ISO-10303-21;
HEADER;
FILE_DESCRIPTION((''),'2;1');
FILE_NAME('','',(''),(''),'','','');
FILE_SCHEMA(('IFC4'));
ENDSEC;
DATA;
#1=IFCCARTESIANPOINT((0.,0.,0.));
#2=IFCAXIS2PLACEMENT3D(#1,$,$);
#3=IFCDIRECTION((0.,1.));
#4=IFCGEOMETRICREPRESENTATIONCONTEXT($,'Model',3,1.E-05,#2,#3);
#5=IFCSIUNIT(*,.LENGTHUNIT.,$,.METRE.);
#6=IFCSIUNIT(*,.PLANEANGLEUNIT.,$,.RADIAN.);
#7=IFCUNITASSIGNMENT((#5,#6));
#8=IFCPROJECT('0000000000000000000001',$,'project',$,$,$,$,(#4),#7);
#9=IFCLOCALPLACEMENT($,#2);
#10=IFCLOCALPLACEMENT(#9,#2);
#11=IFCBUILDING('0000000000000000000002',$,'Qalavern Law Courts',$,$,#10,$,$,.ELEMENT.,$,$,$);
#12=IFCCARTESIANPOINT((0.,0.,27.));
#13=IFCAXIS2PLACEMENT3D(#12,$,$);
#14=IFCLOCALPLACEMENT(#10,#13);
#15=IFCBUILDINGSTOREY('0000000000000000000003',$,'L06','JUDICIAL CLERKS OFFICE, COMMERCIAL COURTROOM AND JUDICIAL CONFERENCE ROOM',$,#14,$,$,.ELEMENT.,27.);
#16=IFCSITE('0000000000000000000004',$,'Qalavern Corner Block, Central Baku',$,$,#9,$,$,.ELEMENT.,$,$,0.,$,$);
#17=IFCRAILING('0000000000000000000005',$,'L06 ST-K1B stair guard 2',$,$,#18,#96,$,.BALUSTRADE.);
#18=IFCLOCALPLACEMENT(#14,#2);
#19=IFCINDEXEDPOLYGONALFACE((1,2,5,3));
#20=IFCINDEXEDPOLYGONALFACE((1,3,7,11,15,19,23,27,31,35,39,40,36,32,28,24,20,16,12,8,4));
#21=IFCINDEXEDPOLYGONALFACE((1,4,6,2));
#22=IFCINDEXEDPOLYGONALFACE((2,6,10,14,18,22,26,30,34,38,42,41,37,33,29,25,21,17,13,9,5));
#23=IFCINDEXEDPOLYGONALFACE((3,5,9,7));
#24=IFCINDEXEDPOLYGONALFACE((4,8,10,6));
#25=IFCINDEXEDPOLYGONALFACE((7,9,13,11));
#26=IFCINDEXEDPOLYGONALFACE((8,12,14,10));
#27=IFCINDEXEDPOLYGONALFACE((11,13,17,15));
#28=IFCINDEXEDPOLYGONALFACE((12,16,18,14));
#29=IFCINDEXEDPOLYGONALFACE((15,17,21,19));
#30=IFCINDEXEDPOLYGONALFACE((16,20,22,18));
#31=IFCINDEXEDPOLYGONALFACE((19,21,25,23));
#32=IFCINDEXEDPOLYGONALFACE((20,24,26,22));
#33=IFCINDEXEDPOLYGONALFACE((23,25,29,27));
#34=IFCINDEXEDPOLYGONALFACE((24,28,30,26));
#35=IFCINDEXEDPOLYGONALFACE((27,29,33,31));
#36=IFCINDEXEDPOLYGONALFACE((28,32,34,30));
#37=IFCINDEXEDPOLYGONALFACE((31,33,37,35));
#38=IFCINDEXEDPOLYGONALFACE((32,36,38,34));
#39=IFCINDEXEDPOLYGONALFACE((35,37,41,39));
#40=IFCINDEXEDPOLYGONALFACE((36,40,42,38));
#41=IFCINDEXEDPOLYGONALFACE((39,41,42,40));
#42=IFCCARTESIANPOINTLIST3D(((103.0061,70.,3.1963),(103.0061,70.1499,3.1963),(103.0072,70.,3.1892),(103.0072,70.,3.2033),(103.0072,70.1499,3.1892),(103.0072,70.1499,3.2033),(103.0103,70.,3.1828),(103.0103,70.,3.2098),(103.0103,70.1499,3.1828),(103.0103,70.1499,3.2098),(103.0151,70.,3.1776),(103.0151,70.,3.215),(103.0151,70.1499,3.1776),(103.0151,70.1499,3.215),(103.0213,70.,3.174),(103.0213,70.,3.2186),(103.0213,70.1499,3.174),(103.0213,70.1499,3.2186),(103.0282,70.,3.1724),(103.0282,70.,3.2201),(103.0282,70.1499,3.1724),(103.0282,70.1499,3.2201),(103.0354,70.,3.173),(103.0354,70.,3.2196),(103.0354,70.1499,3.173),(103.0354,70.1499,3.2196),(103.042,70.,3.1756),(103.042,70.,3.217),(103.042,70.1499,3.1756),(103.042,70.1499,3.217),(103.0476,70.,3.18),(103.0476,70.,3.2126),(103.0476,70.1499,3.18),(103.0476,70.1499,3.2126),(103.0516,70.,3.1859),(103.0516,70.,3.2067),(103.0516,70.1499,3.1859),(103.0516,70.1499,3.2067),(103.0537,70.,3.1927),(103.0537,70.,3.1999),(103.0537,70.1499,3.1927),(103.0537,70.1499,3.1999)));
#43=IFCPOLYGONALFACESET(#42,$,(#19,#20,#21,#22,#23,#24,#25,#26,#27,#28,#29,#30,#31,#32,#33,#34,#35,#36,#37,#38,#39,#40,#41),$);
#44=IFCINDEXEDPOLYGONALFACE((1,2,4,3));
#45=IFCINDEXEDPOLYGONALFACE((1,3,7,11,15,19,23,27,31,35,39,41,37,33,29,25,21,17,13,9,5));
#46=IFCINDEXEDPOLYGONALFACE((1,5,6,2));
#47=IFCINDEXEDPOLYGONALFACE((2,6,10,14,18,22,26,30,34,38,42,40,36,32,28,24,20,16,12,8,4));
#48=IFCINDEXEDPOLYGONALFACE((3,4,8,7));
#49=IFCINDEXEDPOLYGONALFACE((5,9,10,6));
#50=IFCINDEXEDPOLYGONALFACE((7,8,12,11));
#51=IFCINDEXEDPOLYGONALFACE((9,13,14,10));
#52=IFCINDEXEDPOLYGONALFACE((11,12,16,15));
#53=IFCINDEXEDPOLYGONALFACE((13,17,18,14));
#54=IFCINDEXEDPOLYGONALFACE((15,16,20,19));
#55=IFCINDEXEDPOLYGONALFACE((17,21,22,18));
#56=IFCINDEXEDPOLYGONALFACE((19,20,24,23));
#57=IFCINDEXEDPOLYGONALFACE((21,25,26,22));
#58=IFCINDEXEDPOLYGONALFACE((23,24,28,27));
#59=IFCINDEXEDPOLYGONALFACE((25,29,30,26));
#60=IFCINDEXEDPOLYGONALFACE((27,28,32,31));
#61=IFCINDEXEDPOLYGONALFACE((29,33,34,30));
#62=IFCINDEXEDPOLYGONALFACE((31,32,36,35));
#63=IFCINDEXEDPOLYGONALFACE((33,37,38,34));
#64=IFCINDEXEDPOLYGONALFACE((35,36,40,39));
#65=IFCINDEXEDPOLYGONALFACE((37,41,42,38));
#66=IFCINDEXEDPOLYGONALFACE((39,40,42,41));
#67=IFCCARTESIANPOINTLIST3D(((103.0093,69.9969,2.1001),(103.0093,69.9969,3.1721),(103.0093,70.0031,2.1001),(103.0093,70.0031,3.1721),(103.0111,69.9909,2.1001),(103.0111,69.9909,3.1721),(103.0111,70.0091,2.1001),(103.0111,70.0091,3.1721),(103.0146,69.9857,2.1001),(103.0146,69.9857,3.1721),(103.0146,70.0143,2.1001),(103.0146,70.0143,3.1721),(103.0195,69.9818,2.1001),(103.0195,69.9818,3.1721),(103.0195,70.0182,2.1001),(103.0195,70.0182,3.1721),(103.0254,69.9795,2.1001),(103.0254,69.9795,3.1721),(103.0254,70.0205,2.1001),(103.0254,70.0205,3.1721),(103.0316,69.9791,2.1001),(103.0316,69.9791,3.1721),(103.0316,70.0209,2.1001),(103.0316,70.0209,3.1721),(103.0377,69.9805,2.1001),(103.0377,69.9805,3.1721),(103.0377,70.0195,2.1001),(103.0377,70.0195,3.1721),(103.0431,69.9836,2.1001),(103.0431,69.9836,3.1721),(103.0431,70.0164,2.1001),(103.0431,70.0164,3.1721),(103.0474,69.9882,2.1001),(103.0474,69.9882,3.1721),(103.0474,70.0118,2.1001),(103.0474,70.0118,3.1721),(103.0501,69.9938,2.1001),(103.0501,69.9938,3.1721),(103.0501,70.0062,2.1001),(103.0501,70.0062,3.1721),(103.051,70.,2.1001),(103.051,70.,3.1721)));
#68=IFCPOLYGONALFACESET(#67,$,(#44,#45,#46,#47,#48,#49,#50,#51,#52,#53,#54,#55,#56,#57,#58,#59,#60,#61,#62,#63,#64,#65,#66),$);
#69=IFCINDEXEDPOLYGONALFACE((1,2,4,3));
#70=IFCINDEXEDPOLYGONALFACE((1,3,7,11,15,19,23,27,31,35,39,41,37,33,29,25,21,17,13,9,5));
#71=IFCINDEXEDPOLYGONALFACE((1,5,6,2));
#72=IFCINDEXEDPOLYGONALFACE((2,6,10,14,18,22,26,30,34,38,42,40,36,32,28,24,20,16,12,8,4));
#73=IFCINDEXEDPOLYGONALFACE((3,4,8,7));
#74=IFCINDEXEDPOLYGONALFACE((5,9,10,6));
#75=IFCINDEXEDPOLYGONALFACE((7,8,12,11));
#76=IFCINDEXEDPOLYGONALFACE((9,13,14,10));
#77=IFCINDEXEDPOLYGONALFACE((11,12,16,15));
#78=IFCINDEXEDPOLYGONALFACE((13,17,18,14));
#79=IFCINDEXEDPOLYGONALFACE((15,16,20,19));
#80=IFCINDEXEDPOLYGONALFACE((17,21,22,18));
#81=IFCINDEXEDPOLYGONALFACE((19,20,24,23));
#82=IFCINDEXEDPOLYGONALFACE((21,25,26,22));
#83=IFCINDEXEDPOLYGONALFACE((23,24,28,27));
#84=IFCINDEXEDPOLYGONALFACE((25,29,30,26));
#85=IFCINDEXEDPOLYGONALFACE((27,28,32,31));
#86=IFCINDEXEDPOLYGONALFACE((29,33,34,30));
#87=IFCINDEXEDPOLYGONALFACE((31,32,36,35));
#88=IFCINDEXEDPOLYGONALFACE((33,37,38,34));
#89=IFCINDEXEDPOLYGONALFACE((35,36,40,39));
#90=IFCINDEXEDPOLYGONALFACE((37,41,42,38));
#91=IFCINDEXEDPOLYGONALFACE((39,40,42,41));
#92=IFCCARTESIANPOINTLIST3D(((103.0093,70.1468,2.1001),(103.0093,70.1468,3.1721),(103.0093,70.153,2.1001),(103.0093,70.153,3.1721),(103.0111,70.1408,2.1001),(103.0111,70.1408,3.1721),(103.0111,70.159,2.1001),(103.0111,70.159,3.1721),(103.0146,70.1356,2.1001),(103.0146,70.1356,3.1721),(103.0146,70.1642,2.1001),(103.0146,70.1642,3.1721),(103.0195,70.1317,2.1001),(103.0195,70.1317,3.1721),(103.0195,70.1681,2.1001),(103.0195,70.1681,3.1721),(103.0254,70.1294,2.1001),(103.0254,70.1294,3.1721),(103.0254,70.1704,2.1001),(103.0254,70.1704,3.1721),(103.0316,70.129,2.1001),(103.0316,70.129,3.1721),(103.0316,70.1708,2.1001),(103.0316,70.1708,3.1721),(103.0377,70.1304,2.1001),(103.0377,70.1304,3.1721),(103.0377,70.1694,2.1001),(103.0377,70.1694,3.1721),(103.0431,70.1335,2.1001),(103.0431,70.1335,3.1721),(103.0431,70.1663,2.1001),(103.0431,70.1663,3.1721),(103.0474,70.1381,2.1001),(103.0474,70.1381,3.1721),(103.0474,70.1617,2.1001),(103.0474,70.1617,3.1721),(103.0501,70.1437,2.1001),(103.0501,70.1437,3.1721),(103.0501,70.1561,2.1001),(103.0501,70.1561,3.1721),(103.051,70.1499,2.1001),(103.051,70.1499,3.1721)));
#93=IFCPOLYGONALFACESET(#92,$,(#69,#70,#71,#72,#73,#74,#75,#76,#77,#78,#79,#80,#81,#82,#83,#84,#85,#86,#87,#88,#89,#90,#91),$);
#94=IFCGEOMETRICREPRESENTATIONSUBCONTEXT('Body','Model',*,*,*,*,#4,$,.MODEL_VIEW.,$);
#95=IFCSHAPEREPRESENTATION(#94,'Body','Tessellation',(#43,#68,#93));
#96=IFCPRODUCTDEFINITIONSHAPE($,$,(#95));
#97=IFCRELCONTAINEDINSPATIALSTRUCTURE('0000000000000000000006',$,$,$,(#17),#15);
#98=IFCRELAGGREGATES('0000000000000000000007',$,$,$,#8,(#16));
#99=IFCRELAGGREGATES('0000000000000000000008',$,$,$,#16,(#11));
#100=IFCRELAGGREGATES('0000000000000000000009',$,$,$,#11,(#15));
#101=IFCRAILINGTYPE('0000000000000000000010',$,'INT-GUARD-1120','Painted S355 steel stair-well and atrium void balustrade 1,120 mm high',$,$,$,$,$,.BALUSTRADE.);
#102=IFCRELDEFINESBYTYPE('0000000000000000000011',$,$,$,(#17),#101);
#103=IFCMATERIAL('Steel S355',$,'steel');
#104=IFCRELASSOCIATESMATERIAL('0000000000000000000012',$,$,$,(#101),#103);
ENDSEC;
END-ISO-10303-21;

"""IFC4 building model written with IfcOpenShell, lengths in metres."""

from ifc_helpers import new_model, si_unit, direction, frame, origin, origin_2d, place, context, subcontext, project, spatial, circle, extrude, material, type_object, element, save


model = new_model("IFC4")

# Units and contexts
model_context = context("Model", 3, precision=1e-05, world=origin(), true_north=direction((0.0, 1.0)))
body_context = subcontext(model_context, "Body", "Model", "MODEL_VIEW")
ifc_project = project(units=[si_unit("LENGTHUNIT", "METRE"), si_unit("PLANEANGLEUNIT", "RADIAN")], contexts=[model_context])

# Site, building, storey
site_placement = place(None, origin())
site = spatial("IfcSite", under=ifc_project, at=site_placement, Name="Qalavern Corner Block, Central Baku", CompositionType="ELEMENT", RefElevation=0.0)
building_placement = place(site_placement, origin())
building = spatial("IfcBuilding", under=site, at=building_placement, Name="Qalavern Law Courts", CompositionType="ELEMENT")
storey_placement = place(building_placement, frame((0.0, 0.0, 27.0)))
storey = spatial("IfcBuildingStorey", under=building, at=storey_placement, Name="L06", Description="JUDICIAL CLERKS OFFICE, COMMERCIAL COURTROOM AND JUDICIAL CONFERENCE ROOM", CompositionType="ELEMENT", Elevation=27.0)

# Shared definitions
ifc_material_1 = material(Name="Steel S355", Category="steel")

# Railing
railing_type_1 = type_object("IfcRailingType", Name="INT-GUARD-1120", Description="Painted S355 steel stair-well and atrium void balustrade 1,120 mm high", PredefinedType="BALUSTRADE", material=ifc_material_1)
railing_1_placement = place(storey_placement, frame((103.03, 70.0, 2.1001)))
element("IfcRailing", 1, at=railing_1_placement, inside=storey, type_object=railing_type_1, Name="L06 ST-K1B stair guard 2", PredefinedType="BALUSTRADE", context=body_context, shape_type="SweptSolid", body=[
    extrude(circle(Radius=0.0239, at=origin_2d()), frame((0.0, 0.0, 1.0962), z_axis=(0.0, 1.0, 0.0), x_axis=(-1.0, 0.0, 0.0)), (0.0, 0.0, 1.0), 0.1499),
    extrude(circle(Radius=0.021, at=origin_2d()), origin(), (0.0, 0.0, 1.0), 1.072),
    extrude(circle(Radius=0.021, at=origin_2d()), frame((0.0, 0.1499, 0.0)), (0.0, 0.0, 1.0), 1.072),
])

save(model, "model.ifc")
